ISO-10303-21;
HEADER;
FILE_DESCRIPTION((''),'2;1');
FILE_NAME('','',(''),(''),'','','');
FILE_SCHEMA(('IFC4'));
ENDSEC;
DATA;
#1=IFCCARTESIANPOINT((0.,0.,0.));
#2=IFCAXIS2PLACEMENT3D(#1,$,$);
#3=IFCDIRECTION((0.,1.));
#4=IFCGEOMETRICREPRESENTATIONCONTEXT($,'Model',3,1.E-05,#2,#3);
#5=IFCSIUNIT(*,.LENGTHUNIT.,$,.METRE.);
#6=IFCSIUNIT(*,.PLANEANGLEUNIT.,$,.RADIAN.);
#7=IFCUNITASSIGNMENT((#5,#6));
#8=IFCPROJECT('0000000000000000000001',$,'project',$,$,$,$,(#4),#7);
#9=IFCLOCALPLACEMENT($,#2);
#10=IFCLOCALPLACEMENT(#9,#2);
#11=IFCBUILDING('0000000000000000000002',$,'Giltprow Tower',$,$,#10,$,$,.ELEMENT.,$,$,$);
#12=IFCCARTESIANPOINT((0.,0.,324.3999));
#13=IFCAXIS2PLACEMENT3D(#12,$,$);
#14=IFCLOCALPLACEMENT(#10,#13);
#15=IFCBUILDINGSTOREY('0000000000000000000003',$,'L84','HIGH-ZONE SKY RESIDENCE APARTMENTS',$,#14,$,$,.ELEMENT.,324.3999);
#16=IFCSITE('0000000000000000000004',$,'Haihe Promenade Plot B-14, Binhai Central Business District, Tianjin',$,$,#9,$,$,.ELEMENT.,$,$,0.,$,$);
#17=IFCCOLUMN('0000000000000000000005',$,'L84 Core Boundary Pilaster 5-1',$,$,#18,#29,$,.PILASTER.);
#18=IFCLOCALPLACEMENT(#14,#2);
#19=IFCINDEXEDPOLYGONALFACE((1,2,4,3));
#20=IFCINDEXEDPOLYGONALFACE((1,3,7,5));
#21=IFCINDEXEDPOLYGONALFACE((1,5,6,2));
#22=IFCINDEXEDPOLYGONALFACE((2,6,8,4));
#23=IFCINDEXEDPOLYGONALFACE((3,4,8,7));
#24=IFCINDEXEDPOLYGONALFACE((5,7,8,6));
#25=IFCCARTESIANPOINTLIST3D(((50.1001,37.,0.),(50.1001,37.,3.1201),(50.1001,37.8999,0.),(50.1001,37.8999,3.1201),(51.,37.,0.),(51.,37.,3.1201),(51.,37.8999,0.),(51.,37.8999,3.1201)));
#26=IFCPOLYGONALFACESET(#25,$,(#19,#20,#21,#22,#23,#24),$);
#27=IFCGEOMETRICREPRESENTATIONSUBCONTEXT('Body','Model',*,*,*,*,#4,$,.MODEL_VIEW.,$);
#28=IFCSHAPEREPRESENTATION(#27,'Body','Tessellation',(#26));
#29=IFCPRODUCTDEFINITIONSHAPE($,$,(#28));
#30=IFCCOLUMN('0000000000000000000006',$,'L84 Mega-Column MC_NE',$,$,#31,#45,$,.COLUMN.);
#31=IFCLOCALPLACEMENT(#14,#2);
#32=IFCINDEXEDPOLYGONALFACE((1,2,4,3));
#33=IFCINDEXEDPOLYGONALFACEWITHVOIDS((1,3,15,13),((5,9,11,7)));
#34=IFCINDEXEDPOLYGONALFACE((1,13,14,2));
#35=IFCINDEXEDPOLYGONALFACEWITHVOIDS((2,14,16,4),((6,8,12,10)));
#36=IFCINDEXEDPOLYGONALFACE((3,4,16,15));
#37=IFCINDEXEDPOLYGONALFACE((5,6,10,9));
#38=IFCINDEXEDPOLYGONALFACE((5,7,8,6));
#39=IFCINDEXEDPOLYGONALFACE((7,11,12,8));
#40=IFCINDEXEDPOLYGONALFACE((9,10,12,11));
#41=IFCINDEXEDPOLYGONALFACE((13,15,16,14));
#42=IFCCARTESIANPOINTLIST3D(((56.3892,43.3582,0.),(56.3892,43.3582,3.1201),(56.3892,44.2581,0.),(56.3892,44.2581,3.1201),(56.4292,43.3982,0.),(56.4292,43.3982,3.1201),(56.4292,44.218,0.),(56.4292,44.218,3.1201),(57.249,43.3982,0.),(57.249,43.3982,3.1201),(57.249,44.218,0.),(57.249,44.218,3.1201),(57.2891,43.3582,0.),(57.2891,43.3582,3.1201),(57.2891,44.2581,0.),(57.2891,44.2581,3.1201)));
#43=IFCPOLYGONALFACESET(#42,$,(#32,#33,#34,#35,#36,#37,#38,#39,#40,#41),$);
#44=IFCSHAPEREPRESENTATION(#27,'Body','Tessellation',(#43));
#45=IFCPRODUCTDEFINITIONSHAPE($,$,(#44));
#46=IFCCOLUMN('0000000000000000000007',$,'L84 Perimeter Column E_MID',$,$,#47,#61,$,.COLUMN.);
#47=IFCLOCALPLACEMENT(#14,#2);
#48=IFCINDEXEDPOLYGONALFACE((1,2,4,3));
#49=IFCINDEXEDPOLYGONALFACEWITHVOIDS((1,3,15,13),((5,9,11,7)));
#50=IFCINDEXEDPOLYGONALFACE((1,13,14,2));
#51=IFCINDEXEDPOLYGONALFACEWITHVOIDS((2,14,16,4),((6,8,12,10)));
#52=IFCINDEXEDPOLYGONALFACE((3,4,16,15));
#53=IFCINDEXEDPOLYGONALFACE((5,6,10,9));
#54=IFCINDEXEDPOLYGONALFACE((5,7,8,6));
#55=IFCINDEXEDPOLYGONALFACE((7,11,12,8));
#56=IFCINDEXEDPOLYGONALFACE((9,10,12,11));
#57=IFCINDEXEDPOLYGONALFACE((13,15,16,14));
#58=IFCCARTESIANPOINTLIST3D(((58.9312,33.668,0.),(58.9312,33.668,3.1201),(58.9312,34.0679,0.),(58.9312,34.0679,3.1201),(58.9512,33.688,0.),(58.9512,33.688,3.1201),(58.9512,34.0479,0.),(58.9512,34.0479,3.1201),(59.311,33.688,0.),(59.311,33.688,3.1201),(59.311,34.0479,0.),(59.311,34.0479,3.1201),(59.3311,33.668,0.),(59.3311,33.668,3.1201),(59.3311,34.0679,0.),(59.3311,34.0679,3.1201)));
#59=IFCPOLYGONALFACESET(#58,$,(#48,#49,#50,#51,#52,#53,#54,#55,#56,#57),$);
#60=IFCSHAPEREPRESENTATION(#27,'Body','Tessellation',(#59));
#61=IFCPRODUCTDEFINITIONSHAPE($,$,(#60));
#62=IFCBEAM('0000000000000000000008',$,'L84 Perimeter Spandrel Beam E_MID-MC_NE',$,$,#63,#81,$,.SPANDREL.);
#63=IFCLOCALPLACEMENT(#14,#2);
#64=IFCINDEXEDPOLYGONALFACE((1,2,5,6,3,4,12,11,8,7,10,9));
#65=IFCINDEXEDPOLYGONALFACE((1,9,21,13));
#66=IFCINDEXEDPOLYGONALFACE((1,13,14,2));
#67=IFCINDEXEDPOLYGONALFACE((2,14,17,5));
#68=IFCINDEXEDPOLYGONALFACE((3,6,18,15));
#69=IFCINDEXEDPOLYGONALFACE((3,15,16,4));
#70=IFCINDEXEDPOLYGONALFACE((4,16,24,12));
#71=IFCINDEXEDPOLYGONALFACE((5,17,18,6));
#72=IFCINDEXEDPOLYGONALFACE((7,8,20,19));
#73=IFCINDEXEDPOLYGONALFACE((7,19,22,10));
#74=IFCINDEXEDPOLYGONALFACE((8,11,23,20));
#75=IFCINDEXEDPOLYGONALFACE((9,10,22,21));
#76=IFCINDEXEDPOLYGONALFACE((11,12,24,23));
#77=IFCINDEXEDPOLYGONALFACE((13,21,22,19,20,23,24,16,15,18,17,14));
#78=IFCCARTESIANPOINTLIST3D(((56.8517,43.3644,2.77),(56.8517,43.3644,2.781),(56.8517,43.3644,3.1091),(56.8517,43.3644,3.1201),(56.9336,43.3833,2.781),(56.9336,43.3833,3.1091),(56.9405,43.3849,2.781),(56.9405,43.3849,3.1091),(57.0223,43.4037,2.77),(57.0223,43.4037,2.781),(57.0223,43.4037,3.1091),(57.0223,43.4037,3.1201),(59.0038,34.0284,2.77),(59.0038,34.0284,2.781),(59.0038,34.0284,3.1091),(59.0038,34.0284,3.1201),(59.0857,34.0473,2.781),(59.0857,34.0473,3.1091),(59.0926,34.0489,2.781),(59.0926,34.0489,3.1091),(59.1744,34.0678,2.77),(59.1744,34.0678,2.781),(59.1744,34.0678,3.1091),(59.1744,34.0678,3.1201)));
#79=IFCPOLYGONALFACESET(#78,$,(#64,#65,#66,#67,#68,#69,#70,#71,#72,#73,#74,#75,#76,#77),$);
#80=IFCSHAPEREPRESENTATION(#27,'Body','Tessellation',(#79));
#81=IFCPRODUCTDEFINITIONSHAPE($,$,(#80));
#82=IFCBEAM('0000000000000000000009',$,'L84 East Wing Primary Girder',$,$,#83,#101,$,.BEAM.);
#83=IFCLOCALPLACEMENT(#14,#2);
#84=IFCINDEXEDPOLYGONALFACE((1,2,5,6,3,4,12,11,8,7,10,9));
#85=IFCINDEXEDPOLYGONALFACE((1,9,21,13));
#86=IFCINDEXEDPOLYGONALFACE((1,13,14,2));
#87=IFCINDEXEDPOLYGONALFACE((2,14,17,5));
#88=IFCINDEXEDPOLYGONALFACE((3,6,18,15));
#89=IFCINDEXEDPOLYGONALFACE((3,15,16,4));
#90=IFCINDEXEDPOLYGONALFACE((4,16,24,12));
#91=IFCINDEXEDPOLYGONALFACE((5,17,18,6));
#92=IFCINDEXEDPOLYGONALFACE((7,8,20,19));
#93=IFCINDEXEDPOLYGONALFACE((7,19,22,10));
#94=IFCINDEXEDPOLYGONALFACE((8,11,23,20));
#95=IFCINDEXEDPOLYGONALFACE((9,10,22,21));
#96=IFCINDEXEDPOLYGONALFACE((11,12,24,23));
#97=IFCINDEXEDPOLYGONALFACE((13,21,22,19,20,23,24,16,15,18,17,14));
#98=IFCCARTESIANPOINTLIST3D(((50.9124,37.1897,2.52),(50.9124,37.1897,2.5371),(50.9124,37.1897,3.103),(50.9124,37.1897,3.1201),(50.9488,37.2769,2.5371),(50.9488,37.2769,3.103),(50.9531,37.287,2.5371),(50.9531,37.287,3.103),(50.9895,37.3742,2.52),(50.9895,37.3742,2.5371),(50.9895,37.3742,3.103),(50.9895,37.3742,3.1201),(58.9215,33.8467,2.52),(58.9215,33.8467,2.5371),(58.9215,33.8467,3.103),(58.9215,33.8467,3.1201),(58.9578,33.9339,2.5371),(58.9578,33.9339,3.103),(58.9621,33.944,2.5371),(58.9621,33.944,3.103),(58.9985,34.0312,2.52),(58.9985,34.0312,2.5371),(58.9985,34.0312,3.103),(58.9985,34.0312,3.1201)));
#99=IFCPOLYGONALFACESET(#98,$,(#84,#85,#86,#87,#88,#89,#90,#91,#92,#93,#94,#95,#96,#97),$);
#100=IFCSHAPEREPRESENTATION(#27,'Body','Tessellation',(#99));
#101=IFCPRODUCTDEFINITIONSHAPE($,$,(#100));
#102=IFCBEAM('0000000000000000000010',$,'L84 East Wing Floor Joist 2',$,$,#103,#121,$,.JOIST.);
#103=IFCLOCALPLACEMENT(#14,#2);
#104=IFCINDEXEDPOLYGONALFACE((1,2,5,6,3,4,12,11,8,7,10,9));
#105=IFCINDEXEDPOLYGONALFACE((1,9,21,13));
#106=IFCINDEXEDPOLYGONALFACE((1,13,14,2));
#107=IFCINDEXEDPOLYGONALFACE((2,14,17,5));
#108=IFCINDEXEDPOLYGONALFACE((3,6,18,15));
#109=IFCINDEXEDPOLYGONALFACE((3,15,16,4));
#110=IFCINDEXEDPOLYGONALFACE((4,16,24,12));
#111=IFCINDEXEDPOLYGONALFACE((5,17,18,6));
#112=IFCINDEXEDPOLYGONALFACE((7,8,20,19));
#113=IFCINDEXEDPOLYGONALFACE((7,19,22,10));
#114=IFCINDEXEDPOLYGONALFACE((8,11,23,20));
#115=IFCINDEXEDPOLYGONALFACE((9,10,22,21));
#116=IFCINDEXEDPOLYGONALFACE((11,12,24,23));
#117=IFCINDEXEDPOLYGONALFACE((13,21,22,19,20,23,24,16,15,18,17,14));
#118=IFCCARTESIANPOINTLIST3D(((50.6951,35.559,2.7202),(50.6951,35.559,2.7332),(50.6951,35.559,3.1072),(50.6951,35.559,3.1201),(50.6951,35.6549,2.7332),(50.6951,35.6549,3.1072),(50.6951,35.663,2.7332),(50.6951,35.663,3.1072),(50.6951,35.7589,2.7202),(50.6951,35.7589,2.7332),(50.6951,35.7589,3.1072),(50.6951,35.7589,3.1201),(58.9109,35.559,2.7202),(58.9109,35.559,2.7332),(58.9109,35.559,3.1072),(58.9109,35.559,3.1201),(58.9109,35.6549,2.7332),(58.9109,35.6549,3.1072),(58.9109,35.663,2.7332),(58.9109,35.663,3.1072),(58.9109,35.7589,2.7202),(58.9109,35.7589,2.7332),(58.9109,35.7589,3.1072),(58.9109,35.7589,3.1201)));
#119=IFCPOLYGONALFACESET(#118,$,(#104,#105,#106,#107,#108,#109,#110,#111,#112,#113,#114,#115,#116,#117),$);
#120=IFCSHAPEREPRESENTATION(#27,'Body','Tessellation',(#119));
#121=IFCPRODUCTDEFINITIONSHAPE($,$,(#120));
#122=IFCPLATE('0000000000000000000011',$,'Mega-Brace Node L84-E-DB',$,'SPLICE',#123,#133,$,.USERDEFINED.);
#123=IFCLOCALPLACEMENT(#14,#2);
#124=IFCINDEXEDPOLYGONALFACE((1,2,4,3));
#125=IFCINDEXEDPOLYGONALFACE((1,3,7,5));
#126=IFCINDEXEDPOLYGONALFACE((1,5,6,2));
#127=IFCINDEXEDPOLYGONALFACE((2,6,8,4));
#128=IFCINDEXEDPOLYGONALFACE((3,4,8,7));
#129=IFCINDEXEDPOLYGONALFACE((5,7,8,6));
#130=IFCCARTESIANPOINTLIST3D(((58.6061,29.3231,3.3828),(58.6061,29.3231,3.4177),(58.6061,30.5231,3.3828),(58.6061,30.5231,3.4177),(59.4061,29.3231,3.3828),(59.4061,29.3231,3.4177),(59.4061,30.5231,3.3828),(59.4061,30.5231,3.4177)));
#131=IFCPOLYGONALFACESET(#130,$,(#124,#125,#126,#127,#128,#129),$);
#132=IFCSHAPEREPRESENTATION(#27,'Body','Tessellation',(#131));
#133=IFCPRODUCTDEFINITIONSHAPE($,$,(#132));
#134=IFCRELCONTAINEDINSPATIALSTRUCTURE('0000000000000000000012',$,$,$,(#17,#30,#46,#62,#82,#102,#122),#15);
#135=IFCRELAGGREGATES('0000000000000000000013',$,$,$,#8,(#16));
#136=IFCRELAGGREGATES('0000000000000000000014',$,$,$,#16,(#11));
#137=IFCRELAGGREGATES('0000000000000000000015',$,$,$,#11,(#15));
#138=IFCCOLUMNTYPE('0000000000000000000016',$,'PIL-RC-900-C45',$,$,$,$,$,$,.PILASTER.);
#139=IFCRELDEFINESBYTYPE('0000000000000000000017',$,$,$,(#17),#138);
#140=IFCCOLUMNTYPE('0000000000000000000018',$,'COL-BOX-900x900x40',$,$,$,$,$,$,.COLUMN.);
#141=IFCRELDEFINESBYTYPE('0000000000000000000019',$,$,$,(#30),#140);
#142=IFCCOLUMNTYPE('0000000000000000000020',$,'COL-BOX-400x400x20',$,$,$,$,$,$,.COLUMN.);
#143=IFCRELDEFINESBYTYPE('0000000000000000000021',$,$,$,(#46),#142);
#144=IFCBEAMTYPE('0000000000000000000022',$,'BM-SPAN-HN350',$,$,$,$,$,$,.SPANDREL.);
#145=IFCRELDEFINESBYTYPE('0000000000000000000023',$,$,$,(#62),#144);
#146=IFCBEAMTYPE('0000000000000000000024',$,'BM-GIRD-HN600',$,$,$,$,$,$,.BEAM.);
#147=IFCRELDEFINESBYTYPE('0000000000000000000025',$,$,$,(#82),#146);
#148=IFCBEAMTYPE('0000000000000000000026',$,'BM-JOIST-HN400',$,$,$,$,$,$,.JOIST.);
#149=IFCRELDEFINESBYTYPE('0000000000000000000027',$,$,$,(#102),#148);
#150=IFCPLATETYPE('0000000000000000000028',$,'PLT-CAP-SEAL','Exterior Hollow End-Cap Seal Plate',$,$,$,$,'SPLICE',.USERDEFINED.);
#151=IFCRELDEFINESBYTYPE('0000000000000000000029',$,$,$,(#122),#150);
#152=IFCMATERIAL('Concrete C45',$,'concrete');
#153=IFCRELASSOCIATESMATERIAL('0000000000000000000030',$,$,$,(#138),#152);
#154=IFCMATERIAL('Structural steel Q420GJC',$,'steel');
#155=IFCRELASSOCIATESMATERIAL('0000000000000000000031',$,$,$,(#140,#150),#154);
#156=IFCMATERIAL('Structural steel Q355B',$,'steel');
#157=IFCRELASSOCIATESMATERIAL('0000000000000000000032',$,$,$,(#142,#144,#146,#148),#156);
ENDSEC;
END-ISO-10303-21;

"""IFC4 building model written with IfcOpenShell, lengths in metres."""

from ifc_helpers import new_model, si_unit, direction, frame, origin, origin_2d, place, context, subcontext, project, spatial, rectangle, hollow_rectangle, i_section, extrude, source, transform, mapped, material, material_profile, profile_set, type_object, element, save


model = new_model("IFC4")

# Units and contexts
model_context = context("Model", 3, precision=1e-05, world=origin(), true_north=direction((0.0, 1.0)))
body_context = subcontext(model_context, "Body", "Model", "MODEL_VIEW")
ifc_project = project(units=[si_unit("LENGTHUNIT", "METRE"), si_unit("PLANEANGLEUNIT", "RADIAN")], contexts=[model_context])

# Site, building, storey
site_placement = place(None, origin())
site = spatial("IfcSite", under=ifc_project, at=site_placement, Name="Haihe Promenade Plot B-14, Binhai Central Business District, Tianjin", CompositionType="ELEMENT", RefElevation=0.0)
building_placement = place(site_placement, origin())
building = spatial("IfcBuilding", under=site, at=building_placement, Name="Giltprow Tower", CompositionType="ELEMENT")
storey_placement = place(building_placement, frame((0.0, 0.0, 324.3999)))
storey = spatial("IfcBuildingStorey", under=building, at=storey_placement, Name="L84", Description="HIGH-ZONE SKY RESIDENCE APARTMENTS", CompositionType="ELEMENT", Elevation=324.3999)

# Columns
ifc_material_1 = material(Name="Concrete C45", Category="concrete")
ifc_material_profile_1 = material_profile(ifc_material_1, rectangle(XDim=0.8999, YDim=0.8999, at=origin_2d()), Name="RC 900x900")
ifc_profile_set_1 = profile_set([ifc_material_profile_1], Name="Concrete C45")
column_type_1 = type_object("IfcColumnType", Name="PIL-RC-900-C45", PredefinedType="PILASTER", material=ifc_profile_set_1)
shared_shape_1 = source(origin(), body_context, "Body", "SweptSolid", [
    extrude(rectangle(XDim=0.8999, YDim=0.8999, at=origin_2d()), origin(), (0.0, 0.0, 1.0), 3.1201),
])
column_1_placement = place(storey_placement, frame((50.55, 37.45, 0.0), z_axis=(0.0, 0.0, 1.0), x_axis=(1.0, 0.0, 0.0)))
element("IfcColumn", 1, at=column_1_placement, inside=storey, type_object=column_type_1, Name="L84 Core Boundary Pilaster 5-1", PredefinedType="PILASTER", context=body_context, shape_type="MappedRepresentation", body=[
    mapped(shared_shape_1, transform((0.0, 0.0, 0.0), x_axis=(1.0, 0.0, 0.0), y_axis=(0.0, 1.0, 0.0), z_axis=(0.0, 0.0, 1.0), scale=1.0)),
])
ifc_material_2 = material(Name="Structural steel Q420GJC", Category="steel")
ifc_material_profile_2 = material_profile(ifc_material_2, hollow_rectangle(XDim=0.8999, YDim=0.8999, WallThickness=0.04, at=origin_2d()), Name="BOX 900x900x40")
ifc_profile_set_2 = profile_set([ifc_material_profile_2], Name="Structural steel Q420GJC")
column_type_2 = type_object("IfcColumnType", Name="COL-BOX-900x900x40", PredefinedType="COLUMN", material=ifc_profile_set_2)
shared_shape_2 = source(origin(), body_context, "Body", "SweptSolid", [
    extrude(hollow_rectangle(XDim=0.8999, YDim=0.8999, WallThickness=0.04, at=origin_2d()), origin(), (0.0, 0.0, 1.0), 3.1201),
])
column_2_placement = place(storey_placement, frame((56.8391, 43.8081, 0.0), z_axis=(0.0, 0.0, 1.0), x_axis=(1.0, 0.0, 0.0)))
element("IfcColumn", 2, at=column_2_placement, inside=storey, type_object=column_type_2, Name="L84 Mega-Column MC_NE", PredefinedType="COLUMN", context=body_context, shape_type="MappedRepresentation", body=[
    mapped(shared_shape_2, transform((0.0, 0.0, 0.0), x_axis=(1.0, 0.0, 0.0), y_axis=(0.0, 1.0, 0.0), z_axis=(0.0, 0.0, 1.0), scale=1.0)),
])
ifc_material_3 = material(Name="Structural steel Q355B", Category="steel")
ifc_material_profile_3 = material_profile(ifc_material_3, hollow_rectangle(XDim=0.3999, YDim=0.3999, WallThickness=0.02, at=origin_2d()), Name="BOX 400x400x20")
ifc_profile_set_3 = profile_set([ifc_material_profile_3], Name="Structural steel Q355B")
column_type_3 = type_object("IfcColumnType", Name="COL-BOX-400x400x20", PredefinedType="COLUMN", material=ifc_profile_set_3)
shared_shape_3 = source(origin(), body_context, "Body", "SweptSolid", [
    extrude(hollow_rectangle(XDim=0.3999, YDim=0.3999, WallThickness=0.02, at=origin_2d()), origin(), (0.0, 0.0, 1.0), 3.1201),
])
column_3_placement = place(storey_placement, frame((59.1311, 33.8679, 0.0), z_axis=(0.0, 0.0, 1.0), x_axis=(1.0, 0.0, 0.0)))
element("IfcColumn", 3, at=column_3_placement, inside=storey, type_object=column_type_3, Name="L84 Perimeter Column E_MID", PredefinedType="COLUMN", context=body_context, shape_type="MappedRepresentation", body=[
    mapped(shared_shape_3, transform((0.0, 0.0, 0.0), x_axis=(1.0, 0.0, 0.0), y_axis=(0.0, 1.0, 0.0), z_axis=(0.0, 0.0, 1.0), scale=1.0)),
])

# Beams
ifc_material_profile_4 = material_profile(ifc_material_3, i_section(OverallWidth=0.175, OverallDepth=0.3501, WebThickness=0.0071, FlangeThickness=0.011, at=origin_2d()), Name="HN 350x175x7x11")
ifc_profile_set_4 = profile_set([ifc_material_profile_4], Name="Structural steel Q355B")
beam_type_1 = type_object("IfcBeamType", Name="BM-SPAN-HN350", PredefinedType="SPANDREL", material=ifc_profile_set_4)
shared_shape_4 = source(origin(), body_context, "Body", "SweptSolid", [
    extrude(i_section(OverallWidth=0.175, OverallDepth=0.3501, WebThickness=0.0071, FlangeThickness=0.011, at=origin_2d()), origin(), (0.0, 0.0, 1.0), 9.5808),
])
beam_1_placement = place(storey_placement, frame((59.0891, 34.0481, 2.9451), z_axis=(-0.224627, 0.974445, 0.0), x_axis=(-0.974445, -0.224627, 0.0)))
element("IfcBeam", 4, at=beam_1_placement, inside=storey, type_object=beam_type_1, Name="L84 Perimeter Spandrel Beam E_MID-MC_NE", PredefinedType="SPANDREL", context=body_context, shape_type="MappedRepresentation", body=[
    mapped(shared_shape_4, transform((0.0, 0.0, 0.0), x_axis=(1.0, 0.0, 0.0), y_axis=(0.0, 1.0, 0.0), z_axis=(0.0, 0.0, 1.0), scale=1.0)),
])
ifc_material_profile_5 = material_profile(ifc_material_3, i_section(OverallWidth=0.2, OverallDepth=0.6001, WebThickness=0.011, FlangeThickness=0.0171, at=origin_2d()), Name="HN 600x200x11x17")
ifc_profile_set_5 = profile_set([ifc_material_profile_5], Name="Structural steel Q355B")
beam_type_2 = type_object("IfcBeamType", Name="BM-GIRD-HN600", PredefinedType="BEAM", material=ifc_profile_set_5)
shared_shape_5 = source(origin(), body_context, "Body", "SweptSolid", [
    extrude(i_section(OverallWidth=0.2, OverallDepth=0.6001, WebThickness=0.011, FlangeThickness=0.0171, at=origin_2d()), origin(), (0.0, 0.0, 1.0), 8.6787),
])
beam_2_placement = place(storey_placement, frame((58.96, 33.939, 2.8201), z_axis=(-0.922835, 0.385197, 0.0), x_axis=(-0.385197, -0.922835, 0.0)))
element("IfcBeam", 5, at=beam_2_placement, inside=storey, type_object=beam_type_2, Name="L84 East Wing Primary Girder", PredefinedType="BEAM", context=body_context, shape_type="MappedRepresentation", body=[
    mapped(shared_shape_5, transform((0.0, 0.0, 0.0), x_axis=(1.0, 0.0, 0.0), y_axis=(0.0, 1.0, 0.0), z_axis=(0.0, 0.0, 1.0), scale=1.0)),
])
ifc_material_profile_6 = material_profile(ifc_material_3, i_section(OverallWidth=0.2, OverallDepth=0.3999, WebThickness=0.0081, FlangeThickness=0.0129, at=origin_2d()), Name="HN 400x200x8x13")
ifc_profile_set_6 = profile_set([ifc_material_profile_6], Name="Structural steel Q355B")
beam_type_3 = type_object("IfcBeamType", Name="BM-JOIST-HN400", PredefinedType="JOIST", material=ifc_profile_set_6)
shared_shape_6 = source(origin(), body_context, "Body", "SweptSolid", [
    extrude(i_section(OverallWidth=0.2, OverallDepth=0.3999, WebThickness=0.0081, FlangeThickness=0.0129, at=origin_2d()), origin(), (0.0, 0.0, 1.0), 8.2158),
])
beam_3_placement = place(storey_placement, frame((50.6951, 35.6589, 2.9202), z_axis=(1.0, 0.0, 0.0), x_axis=(0.0, 1.0, 0.0)))
element("IfcBeam", 6, at=beam_3_placement, inside=storey, type_object=beam_type_3, Name="L84 East Wing Floor Joist 2", PredefinedType="JOIST", context=body_context, shape_type="MappedRepresentation", body=[
    mapped(shared_shape_6, transform((0.0, 0.0, 0.0), x_axis=(1.0, 0.0, 0.0), y_axis=(0.0, 1.0, 0.0), z_axis=(0.0, 0.0, 1.0), scale=1.0)),
])

# Plate
plate_type = type_object("IfcPlateType", Name="PLT-CAP-SEAL", Description="Exterior Hollow End-Cap Seal Plate", ElementType="SPLICE", PredefinedType="USERDEFINED", material=ifc_material_2)
shared_shape_7 = source(origin(), body_context, "Body", "SweptSolid", [
    extrude(rectangle(XDim=1.2, YDim=0.8, at=origin_2d()), origin(), (0.0, 0.0, 1.0), 0.0349),
])
plate_placement = place(storey_placement, frame((59.0061, 29.9231, 3.3828), z_axis=(0.0, 0.0, 1.0), x_axis=(0.0, 1.0, 0.0)))
element("IfcPlate", 7, at=plate_placement, inside=storey, type_object=plate_type, Name="Mega-Brace Node L84-E-DB", ObjectType="SPLICE", PredefinedType="USERDEFINED", context=body_context, shape_type="MappedRepresentation", body=[
    mapped(shared_shape_7, transform((0.0, 0.0, 0.0), x_axis=(1.0, 0.0, 0.0), y_axis=(0.0, 1.0, 0.0), z_axis=(0.0, 0.0, 1.0), scale=1.0)),
])

save(model, "model.ifc")
